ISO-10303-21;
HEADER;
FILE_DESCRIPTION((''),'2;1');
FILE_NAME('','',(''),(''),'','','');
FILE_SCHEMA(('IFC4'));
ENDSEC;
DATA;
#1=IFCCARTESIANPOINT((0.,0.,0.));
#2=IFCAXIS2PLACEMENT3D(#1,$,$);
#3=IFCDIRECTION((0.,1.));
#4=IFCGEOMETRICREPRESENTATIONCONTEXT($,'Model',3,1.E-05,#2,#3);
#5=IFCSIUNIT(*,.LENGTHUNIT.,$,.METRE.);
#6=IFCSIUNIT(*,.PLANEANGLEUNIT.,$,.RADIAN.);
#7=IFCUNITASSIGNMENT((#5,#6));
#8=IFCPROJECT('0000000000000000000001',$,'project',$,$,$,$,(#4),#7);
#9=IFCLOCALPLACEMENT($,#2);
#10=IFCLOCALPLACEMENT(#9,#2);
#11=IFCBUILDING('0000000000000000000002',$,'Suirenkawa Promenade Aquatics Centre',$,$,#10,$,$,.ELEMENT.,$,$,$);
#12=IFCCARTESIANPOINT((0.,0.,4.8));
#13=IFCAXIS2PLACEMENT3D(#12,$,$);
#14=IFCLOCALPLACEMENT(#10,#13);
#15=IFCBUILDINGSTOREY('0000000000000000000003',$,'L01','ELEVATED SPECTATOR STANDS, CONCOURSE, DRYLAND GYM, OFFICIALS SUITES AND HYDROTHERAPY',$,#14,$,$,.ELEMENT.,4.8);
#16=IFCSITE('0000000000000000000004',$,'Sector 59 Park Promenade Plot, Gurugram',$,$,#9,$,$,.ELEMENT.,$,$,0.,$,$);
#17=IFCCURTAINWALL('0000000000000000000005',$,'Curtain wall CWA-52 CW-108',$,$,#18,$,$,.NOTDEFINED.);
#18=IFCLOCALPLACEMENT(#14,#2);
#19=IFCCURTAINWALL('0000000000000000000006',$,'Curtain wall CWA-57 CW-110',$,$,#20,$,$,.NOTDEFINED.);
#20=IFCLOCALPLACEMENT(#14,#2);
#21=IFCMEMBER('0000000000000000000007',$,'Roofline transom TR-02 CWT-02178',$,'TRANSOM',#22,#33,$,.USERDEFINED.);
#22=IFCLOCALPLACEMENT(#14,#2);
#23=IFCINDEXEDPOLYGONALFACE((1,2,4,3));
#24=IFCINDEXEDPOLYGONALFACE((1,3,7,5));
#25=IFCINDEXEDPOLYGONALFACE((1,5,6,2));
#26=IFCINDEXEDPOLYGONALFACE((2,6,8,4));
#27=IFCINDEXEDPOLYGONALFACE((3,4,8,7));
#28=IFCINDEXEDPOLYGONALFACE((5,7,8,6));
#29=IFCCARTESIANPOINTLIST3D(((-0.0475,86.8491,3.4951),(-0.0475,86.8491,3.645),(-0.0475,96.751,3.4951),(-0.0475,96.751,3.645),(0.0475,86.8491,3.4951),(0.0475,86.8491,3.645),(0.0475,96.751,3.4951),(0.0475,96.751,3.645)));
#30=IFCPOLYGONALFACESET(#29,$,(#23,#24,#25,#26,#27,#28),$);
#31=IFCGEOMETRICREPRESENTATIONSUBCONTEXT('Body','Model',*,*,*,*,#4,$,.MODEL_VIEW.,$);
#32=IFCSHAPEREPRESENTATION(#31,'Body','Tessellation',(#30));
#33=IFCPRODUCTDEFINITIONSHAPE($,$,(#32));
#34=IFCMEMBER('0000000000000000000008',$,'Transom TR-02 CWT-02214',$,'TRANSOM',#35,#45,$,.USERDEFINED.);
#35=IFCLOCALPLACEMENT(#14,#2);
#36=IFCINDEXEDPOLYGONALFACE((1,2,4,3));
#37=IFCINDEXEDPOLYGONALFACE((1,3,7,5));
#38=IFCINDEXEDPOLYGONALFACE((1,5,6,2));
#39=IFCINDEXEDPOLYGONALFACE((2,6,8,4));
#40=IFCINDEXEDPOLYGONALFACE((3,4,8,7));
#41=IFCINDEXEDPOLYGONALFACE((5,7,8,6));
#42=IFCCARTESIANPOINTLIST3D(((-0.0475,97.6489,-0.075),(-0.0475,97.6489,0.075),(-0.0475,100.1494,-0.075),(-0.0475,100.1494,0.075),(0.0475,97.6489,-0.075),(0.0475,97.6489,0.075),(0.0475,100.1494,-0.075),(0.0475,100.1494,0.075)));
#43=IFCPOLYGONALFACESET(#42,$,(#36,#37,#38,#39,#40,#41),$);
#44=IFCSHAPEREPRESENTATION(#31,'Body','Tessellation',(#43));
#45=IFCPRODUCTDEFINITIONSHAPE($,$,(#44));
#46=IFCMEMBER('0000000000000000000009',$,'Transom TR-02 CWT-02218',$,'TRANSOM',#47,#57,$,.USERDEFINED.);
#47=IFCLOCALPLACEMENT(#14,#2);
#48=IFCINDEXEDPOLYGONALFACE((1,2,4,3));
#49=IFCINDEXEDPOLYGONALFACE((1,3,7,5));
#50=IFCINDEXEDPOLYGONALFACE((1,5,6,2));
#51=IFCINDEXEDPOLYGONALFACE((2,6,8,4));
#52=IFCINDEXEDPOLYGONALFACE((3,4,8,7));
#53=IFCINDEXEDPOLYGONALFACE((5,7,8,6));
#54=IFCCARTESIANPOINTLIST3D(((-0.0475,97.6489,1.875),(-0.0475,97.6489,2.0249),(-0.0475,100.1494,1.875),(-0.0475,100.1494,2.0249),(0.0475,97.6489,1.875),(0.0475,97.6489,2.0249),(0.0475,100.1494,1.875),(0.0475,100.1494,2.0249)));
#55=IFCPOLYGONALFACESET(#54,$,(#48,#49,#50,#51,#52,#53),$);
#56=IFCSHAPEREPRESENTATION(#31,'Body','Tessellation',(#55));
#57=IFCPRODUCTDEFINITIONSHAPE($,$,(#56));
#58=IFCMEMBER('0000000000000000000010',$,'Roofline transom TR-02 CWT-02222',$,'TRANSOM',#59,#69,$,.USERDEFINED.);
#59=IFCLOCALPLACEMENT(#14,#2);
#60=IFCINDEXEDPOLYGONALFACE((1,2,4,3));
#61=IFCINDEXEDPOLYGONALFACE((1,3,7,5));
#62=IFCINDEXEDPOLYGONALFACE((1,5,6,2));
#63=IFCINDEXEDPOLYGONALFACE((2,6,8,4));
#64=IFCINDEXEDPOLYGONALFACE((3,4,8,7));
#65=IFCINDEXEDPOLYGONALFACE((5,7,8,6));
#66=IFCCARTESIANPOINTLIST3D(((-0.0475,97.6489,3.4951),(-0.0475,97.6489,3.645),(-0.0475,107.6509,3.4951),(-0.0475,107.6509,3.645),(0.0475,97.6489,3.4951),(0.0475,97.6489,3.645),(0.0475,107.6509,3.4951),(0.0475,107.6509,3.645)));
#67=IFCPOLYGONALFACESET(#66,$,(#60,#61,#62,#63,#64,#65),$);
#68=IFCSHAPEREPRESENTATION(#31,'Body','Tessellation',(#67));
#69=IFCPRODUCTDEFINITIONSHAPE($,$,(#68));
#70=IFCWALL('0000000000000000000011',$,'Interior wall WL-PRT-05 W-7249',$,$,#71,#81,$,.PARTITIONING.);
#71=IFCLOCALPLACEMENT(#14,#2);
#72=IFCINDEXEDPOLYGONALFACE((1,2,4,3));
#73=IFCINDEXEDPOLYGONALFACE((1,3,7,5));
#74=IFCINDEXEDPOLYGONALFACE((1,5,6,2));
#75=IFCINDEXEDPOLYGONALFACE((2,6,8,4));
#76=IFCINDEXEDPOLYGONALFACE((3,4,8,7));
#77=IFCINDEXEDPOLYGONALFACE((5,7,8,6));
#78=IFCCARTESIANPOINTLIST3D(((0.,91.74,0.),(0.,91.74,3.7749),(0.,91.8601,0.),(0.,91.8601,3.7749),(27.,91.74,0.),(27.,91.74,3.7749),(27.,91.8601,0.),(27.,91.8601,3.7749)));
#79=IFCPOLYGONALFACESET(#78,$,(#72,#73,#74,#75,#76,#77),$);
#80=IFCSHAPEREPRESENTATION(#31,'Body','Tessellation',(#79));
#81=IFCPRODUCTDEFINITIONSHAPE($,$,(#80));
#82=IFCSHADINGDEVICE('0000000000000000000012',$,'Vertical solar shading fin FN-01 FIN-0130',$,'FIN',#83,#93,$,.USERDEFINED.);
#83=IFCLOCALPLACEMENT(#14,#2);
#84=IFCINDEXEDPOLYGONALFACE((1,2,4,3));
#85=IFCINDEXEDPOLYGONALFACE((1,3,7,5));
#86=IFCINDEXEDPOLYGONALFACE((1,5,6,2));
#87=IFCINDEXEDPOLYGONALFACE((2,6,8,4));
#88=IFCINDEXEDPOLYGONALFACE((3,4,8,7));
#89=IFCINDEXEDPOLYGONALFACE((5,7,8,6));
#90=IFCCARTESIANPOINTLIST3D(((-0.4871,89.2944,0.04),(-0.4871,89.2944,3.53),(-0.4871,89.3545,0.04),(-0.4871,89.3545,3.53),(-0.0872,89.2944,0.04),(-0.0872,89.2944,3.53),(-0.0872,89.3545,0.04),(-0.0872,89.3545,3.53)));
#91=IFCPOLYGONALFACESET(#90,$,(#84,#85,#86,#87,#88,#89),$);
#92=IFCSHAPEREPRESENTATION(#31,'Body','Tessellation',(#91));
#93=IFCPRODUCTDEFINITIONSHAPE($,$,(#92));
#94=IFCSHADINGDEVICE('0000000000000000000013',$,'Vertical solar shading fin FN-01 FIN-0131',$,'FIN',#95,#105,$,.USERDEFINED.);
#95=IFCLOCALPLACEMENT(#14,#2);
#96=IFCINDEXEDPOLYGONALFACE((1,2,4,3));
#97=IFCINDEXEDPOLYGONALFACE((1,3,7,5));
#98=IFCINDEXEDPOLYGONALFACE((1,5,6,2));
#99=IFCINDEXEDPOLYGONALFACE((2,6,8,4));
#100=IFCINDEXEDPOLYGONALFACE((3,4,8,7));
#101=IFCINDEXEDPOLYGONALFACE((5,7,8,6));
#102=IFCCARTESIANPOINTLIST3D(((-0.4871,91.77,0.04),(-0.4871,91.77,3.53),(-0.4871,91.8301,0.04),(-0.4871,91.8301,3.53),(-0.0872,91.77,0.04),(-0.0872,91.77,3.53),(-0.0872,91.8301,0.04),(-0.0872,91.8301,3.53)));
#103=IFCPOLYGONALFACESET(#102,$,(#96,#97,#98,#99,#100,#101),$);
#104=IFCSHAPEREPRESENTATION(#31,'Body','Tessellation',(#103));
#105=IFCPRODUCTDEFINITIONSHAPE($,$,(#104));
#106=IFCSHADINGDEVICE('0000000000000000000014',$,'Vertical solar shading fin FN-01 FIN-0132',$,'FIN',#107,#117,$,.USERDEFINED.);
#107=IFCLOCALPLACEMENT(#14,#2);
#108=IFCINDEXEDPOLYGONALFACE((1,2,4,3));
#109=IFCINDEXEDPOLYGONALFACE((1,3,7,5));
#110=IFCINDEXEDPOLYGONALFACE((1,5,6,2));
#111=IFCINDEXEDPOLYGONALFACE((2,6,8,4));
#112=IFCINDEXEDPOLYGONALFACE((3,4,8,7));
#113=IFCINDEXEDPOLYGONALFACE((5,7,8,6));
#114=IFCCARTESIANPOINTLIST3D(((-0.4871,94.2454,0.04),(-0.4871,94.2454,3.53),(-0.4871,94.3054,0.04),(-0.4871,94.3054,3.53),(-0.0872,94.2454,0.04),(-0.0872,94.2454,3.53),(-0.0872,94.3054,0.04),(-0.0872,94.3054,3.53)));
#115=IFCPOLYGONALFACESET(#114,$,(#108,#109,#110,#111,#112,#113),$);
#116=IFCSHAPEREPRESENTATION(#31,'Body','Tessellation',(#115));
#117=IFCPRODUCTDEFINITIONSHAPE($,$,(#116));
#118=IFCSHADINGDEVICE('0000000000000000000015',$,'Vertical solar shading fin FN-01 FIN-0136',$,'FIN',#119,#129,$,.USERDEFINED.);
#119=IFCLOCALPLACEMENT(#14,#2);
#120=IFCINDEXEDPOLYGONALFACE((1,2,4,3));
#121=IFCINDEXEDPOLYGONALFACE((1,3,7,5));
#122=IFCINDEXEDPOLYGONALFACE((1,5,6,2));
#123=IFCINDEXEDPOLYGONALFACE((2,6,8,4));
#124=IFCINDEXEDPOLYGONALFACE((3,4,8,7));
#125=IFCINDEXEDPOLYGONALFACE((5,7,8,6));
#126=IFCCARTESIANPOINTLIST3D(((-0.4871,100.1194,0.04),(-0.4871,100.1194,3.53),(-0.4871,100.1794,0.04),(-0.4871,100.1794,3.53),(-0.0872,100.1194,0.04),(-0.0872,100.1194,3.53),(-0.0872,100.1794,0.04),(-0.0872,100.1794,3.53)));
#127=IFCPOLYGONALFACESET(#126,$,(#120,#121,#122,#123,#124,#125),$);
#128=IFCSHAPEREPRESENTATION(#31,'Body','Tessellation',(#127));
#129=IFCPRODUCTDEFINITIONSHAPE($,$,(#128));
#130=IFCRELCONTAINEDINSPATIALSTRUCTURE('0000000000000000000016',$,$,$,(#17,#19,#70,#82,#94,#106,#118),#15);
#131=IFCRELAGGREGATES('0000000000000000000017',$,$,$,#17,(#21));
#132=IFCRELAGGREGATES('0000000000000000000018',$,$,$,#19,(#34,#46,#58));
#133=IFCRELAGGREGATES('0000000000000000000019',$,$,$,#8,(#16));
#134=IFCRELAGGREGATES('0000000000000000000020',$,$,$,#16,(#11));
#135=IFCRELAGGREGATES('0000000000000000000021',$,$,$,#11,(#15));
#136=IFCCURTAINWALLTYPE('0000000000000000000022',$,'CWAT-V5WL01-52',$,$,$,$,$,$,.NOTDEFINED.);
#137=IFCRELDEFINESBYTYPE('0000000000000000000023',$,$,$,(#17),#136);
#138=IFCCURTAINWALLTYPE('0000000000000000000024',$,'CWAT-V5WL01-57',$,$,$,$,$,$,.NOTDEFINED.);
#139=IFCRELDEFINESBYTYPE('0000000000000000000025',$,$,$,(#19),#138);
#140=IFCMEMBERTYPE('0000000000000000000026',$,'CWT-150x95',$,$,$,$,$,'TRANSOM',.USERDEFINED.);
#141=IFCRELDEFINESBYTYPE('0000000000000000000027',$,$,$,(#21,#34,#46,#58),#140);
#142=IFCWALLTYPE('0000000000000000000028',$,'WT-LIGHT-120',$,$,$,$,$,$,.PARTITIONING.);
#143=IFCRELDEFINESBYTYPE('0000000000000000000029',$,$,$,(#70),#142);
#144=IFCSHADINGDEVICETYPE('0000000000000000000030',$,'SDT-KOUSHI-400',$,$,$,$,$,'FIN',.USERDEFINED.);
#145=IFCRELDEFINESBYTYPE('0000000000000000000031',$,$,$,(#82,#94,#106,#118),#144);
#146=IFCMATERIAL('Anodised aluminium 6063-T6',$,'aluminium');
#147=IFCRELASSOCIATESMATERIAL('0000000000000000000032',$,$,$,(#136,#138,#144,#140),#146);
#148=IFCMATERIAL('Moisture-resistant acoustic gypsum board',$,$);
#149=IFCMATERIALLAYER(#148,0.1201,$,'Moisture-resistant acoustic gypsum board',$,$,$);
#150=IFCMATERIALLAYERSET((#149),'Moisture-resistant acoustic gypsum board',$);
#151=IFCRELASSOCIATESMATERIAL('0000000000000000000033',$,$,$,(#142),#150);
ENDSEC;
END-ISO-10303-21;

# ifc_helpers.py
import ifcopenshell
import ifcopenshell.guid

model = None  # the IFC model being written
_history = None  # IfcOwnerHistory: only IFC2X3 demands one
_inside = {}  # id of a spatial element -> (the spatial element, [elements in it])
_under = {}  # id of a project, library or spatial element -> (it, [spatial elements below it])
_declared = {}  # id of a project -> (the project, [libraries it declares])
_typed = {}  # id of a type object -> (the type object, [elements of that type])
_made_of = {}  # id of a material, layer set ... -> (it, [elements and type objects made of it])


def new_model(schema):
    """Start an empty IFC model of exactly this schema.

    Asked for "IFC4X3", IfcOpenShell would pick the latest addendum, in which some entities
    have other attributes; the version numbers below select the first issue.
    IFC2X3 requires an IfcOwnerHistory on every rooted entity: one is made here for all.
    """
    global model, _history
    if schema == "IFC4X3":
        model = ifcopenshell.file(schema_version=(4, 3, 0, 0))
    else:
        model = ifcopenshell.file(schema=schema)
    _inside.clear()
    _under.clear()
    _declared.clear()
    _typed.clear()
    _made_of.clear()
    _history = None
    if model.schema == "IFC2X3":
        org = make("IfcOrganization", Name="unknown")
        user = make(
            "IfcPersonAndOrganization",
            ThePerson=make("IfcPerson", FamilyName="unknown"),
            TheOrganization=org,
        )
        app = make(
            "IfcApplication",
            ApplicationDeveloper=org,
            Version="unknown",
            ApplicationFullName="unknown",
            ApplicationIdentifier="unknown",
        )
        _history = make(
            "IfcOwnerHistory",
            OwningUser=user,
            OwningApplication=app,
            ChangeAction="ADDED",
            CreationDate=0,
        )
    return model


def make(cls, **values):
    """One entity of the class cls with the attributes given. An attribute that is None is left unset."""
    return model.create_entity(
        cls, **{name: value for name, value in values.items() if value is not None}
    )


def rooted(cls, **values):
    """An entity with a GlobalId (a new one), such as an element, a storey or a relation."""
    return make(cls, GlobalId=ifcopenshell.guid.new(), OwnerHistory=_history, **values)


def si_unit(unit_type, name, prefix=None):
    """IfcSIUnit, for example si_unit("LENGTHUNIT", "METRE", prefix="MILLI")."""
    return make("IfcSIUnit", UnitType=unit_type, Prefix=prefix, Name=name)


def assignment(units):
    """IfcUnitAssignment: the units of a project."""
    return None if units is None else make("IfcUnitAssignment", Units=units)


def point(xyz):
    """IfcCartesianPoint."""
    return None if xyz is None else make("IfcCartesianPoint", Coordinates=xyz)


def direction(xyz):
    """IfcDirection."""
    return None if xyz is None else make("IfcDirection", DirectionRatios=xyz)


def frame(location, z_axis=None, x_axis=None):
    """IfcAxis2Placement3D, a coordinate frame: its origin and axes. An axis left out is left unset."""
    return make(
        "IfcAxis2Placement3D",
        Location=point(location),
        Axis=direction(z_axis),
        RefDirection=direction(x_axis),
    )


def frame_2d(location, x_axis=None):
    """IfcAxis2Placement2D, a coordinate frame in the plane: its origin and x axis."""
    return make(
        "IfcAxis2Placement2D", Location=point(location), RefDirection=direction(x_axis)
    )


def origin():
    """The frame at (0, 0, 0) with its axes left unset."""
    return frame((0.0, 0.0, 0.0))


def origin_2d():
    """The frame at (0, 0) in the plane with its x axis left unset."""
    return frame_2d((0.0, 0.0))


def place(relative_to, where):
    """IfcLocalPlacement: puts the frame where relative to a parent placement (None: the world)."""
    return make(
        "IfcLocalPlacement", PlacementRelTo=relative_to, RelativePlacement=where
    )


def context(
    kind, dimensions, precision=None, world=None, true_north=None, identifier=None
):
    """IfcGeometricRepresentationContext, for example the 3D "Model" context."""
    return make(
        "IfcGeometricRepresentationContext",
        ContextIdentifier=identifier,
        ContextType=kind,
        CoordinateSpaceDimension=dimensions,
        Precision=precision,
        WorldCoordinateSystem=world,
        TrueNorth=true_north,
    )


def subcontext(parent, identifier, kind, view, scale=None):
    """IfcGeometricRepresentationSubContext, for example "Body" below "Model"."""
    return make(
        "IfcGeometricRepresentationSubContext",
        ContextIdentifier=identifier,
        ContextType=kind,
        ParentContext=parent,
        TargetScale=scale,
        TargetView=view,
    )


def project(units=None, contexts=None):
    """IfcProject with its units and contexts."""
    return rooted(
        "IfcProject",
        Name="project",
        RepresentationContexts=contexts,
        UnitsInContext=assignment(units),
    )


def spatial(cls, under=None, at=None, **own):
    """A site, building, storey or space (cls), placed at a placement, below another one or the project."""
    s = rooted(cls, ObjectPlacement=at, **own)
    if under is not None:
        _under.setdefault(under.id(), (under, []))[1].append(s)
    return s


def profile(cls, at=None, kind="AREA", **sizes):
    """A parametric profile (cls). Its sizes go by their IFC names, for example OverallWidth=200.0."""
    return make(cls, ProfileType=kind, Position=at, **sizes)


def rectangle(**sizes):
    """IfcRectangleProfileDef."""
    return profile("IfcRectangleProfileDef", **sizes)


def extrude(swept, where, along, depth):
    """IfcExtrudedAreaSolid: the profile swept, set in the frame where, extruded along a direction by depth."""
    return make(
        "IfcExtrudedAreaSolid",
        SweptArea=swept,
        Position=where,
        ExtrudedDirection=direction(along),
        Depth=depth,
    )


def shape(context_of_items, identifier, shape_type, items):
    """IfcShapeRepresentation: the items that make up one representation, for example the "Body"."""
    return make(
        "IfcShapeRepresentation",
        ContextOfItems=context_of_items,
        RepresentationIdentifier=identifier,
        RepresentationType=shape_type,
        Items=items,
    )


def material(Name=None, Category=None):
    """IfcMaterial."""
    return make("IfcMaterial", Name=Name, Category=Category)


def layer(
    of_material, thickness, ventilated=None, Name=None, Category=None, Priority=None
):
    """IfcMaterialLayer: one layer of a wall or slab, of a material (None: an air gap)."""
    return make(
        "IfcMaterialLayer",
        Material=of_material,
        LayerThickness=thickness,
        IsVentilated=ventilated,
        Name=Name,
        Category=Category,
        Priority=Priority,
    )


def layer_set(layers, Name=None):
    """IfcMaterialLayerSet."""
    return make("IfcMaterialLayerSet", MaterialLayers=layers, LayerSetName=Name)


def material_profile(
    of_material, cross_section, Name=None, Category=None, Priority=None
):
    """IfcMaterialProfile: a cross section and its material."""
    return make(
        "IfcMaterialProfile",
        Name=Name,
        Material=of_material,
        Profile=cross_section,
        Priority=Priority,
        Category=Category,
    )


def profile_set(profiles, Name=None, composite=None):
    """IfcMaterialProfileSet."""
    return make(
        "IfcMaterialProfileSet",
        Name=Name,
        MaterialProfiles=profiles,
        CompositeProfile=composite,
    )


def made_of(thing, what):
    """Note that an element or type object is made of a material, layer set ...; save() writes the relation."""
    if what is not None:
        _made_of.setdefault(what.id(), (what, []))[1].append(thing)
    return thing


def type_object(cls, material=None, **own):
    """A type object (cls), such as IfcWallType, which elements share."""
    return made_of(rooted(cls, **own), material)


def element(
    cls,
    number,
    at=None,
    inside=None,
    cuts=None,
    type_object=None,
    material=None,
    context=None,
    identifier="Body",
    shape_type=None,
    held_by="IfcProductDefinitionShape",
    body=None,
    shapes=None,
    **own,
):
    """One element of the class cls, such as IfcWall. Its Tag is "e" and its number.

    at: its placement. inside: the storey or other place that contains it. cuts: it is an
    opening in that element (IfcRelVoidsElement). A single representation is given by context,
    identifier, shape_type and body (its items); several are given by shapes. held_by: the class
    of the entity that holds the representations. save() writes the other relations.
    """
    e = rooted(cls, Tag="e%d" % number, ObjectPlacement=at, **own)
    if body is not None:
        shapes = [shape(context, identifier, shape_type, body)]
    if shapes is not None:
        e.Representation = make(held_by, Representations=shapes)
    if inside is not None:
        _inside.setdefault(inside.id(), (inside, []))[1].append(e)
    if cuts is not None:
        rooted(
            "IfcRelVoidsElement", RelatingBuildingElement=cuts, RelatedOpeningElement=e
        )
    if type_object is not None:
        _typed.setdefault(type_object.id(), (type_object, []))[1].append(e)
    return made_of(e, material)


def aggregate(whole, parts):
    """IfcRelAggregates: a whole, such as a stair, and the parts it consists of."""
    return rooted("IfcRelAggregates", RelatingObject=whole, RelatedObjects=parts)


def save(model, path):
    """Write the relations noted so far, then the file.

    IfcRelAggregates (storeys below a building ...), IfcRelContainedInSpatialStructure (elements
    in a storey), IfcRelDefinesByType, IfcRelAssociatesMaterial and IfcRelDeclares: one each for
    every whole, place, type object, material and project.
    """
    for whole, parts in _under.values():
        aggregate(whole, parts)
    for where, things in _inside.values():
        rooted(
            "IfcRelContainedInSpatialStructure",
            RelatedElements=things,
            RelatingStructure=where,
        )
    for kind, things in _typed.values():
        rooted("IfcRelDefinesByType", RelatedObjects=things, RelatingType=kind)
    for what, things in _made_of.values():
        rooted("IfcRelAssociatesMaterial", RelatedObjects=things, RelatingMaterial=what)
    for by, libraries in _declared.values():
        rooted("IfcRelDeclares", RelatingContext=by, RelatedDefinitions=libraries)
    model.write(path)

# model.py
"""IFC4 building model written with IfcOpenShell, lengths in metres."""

from ifc_helpers import new_model, si_unit, direction, frame, frame_2d, origin, origin_2d, place, context, subcontext, project, spatial, rectangle, extrude, material, layer, layer_set, material_profile, profile_set, type_object, element, aggregate, save


model = new_model("IFC4")

# Units and contexts
model_context = context("Model", 3, precision=1e-05, world=origin(), true_north=direction((0.0, 1.0)))
body_context = subcontext(model_context, "Body", "Model", "MODEL_VIEW")
ifc_project = project(units=[si_unit("LENGTHUNIT", "METRE"), si_unit("PLANEANGLEUNIT", "RADIAN")], contexts=[model_context])

# Site, building, storey
site_placement = place(None, origin())
site = spatial("IfcSite", under=ifc_project, at=site_placement, Name="Sector 59 Park Promenade Plot, Gurugram", CompositionType="ELEMENT", RefElevation=0.0)
building_placement = place(site_placement, origin())
building = spatial("IfcBuilding", under=site, at=building_placement, Name="Suirenkawa Promenade Aquatics Centre", CompositionType="ELEMENT")
storey_placement = place(building_placement, frame((0.0, 0.0, 4.8)))
storey = spatial("IfcBuildingStorey", under=building, at=storey_placement, Name="L01", Description="ELEVATED SPECTATOR STANDS, CONCOURSE, DRYLAND GYM, OFFICIALS SUITES AND HYDROTHERAPY", CompositionType="ELEMENT", Elevation=4.8)

# Curtain wall
ifc_material_1 = material(Name="Anodised aluminium 6063-T6", Category="aluminium")
curtain_wall_type_1 = type_object("IfcCurtainWallType", Name="CWAT-V5WL01-52", PredefinedType="NOTDEFINED", material=ifc_material_1)
curtain_wall_1_placement = place(storey_placement, origin())
curtain_wall_1 = element("IfcCurtainWall", 1, at=curtain_wall_1_placement, inside=storey, type_object=curtain_wall_type_1, Name="Curtain wall CWA-52 CW-108", PredefinedType="NOTDEFINED")

# Curtain wall
curtain_wall_type_2 = type_object("IfcCurtainWallType", Name="CWAT-V5WL01-57", PredefinedType="NOTDEFINED", material=ifc_material_1)
curtain_wall_2_placement = place(storey_placement, origin())
curtain_wall_2 = element("IfcCurtainWall", 2, at=curtain_wall_2_placement, inside=storey, type_object=curtain_wall_type_2, Name="Curtain wall CWA-57 CW-110", PredefinedType="NOTDEFINED")

# Members
ifc_material_profile_1 = material_profile(ifc_material_1, rectangle(XDim=0.095, YDim=0.1499, at=origin_2d()), Name="ALU TRAN 95x150", Category="aluminium")
ifc_profile_set_1 = profile_set([ifc_material_profile_1], Name="Anodised aluminium 6063-T6")
member_type_1 = type_object("IfcMemberType", Name="CWT-150x95", ElementType="TRANSOM", PredefinedType="USERDEFINED", material=ifc_profile_set_1)
member_1_placement = place(storey_placement, frame((0.0, 86.8491, 3.5701), z_axis=(0.0, 1.0, 0.0), x_axis=(-1.0, 0.0, 0.0)))
member_1 = element("IfcMember", 3, at=member_1_placement, type_object=member_type_1, Name="Roofline transom TR-02 CWT-02178", ObjectType="TRANSOM", PredefinedType="USERDEFINED", context=body_context, shape_type="SweptSolid", body=[
    extrude(rectangle(XDim=0.095, YDim=0.1499, at=origin_2d()), origin(), (0.0, 0.0, 1.0), 9.9019),
])
member_2_placement = place(storey_placement, frame((0.0, 97.6489, 0.0), z_axis=(0.0, 1.0, 0.0), x_axis=(-1.0, 0.0, 0.0)))
member_2 = element("IfcMember", 4, at=member_2_placement, type_object=member_type_1, Name="Transom TR-02 CWT-02214", ObjectType="TRANSOM", PredefinedType="USERDEFINED", context=body_context, shape_type="SweptSolid", body=[
    extrude(rectangle(XDim=0.095, YDim=0.1499, at=origin_2d()), origin(), (0.0, 0.0, 1.0), 2.5005),
])
member_3_placement = place(storey_placement, frame((0.0, 97.6489, 1.95), z_axis=(0.0, 1.0, 0.0), x_axis=(-1.0, 0.0, 0.0)))
member_3 = element("IfcMember", 5, at=member_3_placement, type_object=member_type_1, Name="Transom TR-02 CWT-02218", ObjectType="TRANSOM", PredefinedType="USERDEFINED", context=body_context, shape_type="SweptSolid", body=[
    extrude(rectangle(XDim=0.095, YDim=0.1499, at=origin_2d()), origin(), (0.0, 0.0, 1.0), 2.5005),
])
member_4_placement = place(storey_placement, frame((0.0, 97.6489, 3.5701), z_axis=(0.0, 1.0, 0.0), x_axis=(-1.0, 0.0, 0.0)))
member_4 = element("IfcMember", 6, at=member_4_placement, type_object=member_type_1, Name="Roofline transom TR-02 CWT-02222", ObjectType="TRANSOM", PredefinedType="USERDEFINED", context=body_context, shape_type="SweptSolid", body=[
    extrude(rectangle(XDim=0.095, YDim=0.1499, at=origin_2d()), origin(), (0.0, 0.0, 1.0), 10.002),
])

aggregate(curtain_wall_1, [member_1])
aggregate(curtain_wall_2, [member_2, member_3, member_4])

# Wall
ifc_material_2 = material(Name="Moisture-resistant acoustic gypsum board")
ifc_layer_1 = layer(ifc_material_2, 0.1201, Name="Moisture-resistant acoustic gypsum board")
ifc_layer_set_1 = layer_set([ifc_layer_1], Name="Moisture-resistant acoustic gypsum board")
wall_type = type_object("IfcWallType", Name="WT-LIGHT-120", PredefinedType="PARTITIONING", material=ifc_layer_set_1)
wall_placement = place(storey_placement, frame((0.0, 91.8, 0.0), z_axis=(0.0, 0.0, 1.0), x_axis=(1.0, 0.0, 0.0)))
element("IfcWall", 7, at=wall_placement, inside=storey, type_object=wall_type, Name="Interior wall WL-PRT-05 W-7249", PredefinedType="PARTITIONING", context=body_context, shape_type="SweptSolid", body=[
    extrude(rectangle(XDim=27.0, YDim=0.1201, at=frame_2d((13.5, 0.0))), origin(), (0.0, 0.0, 1.0), 3.7749),
])

# Shading devices
shading_device_type = type_object("IfcShadingDeviceType", Name="SDT-KOUSHI-400", ElementType="FIN", PredefinedType="USERDEFINED", material=ifc_material_1)
for number, where, z_axis, x_axis, name in (
    (8, (-0.2871, 89.3245, 0.04), (0.0, 0.0, 1.0), (-1.0, 0.0, 0.0), "Vertical solar shading fin FN-01 FIN-0130"),
    (9, (-0.2871, 91.8, 0.04), (0.0, 0.0, 1.0), (-1.0, 0.0, 0.0), "Vertical solar shading fin FN-01 FIN-0131"),
    (10, (-0.2871, 94.2754, 0.04), (0.0, 0.0, 1.0), (-1.0, 0.0, 0.0), "Vertical solar shading fin FN-01 FIN-0132"),
    (11, (-0.2871, 100.1494, 0.04), (0.0, 0.0, 1.0), (-1.0, 0.0, 0.0), "Vertical solar shading fin FN-01 FIN-0136"),
):
    element("IfcShadingDevice", number, at=place(storey_placement, frame(where, z_axis=z_axis, x_axis=x_axis)), inside=storey, type_object=shading_device_type, Name=name, ObjectType="FIN", PredefinedType="USERDEFINED", context=body_context, shape_type="SweptSolid", body=[
        extrude(rectangle(XDim=0.3999, YDim=0.0601, at=origin_2d()), origin(), (0.0, 0.0, 1.0), 3.49),
    ])

save(model, "model.ifc")
